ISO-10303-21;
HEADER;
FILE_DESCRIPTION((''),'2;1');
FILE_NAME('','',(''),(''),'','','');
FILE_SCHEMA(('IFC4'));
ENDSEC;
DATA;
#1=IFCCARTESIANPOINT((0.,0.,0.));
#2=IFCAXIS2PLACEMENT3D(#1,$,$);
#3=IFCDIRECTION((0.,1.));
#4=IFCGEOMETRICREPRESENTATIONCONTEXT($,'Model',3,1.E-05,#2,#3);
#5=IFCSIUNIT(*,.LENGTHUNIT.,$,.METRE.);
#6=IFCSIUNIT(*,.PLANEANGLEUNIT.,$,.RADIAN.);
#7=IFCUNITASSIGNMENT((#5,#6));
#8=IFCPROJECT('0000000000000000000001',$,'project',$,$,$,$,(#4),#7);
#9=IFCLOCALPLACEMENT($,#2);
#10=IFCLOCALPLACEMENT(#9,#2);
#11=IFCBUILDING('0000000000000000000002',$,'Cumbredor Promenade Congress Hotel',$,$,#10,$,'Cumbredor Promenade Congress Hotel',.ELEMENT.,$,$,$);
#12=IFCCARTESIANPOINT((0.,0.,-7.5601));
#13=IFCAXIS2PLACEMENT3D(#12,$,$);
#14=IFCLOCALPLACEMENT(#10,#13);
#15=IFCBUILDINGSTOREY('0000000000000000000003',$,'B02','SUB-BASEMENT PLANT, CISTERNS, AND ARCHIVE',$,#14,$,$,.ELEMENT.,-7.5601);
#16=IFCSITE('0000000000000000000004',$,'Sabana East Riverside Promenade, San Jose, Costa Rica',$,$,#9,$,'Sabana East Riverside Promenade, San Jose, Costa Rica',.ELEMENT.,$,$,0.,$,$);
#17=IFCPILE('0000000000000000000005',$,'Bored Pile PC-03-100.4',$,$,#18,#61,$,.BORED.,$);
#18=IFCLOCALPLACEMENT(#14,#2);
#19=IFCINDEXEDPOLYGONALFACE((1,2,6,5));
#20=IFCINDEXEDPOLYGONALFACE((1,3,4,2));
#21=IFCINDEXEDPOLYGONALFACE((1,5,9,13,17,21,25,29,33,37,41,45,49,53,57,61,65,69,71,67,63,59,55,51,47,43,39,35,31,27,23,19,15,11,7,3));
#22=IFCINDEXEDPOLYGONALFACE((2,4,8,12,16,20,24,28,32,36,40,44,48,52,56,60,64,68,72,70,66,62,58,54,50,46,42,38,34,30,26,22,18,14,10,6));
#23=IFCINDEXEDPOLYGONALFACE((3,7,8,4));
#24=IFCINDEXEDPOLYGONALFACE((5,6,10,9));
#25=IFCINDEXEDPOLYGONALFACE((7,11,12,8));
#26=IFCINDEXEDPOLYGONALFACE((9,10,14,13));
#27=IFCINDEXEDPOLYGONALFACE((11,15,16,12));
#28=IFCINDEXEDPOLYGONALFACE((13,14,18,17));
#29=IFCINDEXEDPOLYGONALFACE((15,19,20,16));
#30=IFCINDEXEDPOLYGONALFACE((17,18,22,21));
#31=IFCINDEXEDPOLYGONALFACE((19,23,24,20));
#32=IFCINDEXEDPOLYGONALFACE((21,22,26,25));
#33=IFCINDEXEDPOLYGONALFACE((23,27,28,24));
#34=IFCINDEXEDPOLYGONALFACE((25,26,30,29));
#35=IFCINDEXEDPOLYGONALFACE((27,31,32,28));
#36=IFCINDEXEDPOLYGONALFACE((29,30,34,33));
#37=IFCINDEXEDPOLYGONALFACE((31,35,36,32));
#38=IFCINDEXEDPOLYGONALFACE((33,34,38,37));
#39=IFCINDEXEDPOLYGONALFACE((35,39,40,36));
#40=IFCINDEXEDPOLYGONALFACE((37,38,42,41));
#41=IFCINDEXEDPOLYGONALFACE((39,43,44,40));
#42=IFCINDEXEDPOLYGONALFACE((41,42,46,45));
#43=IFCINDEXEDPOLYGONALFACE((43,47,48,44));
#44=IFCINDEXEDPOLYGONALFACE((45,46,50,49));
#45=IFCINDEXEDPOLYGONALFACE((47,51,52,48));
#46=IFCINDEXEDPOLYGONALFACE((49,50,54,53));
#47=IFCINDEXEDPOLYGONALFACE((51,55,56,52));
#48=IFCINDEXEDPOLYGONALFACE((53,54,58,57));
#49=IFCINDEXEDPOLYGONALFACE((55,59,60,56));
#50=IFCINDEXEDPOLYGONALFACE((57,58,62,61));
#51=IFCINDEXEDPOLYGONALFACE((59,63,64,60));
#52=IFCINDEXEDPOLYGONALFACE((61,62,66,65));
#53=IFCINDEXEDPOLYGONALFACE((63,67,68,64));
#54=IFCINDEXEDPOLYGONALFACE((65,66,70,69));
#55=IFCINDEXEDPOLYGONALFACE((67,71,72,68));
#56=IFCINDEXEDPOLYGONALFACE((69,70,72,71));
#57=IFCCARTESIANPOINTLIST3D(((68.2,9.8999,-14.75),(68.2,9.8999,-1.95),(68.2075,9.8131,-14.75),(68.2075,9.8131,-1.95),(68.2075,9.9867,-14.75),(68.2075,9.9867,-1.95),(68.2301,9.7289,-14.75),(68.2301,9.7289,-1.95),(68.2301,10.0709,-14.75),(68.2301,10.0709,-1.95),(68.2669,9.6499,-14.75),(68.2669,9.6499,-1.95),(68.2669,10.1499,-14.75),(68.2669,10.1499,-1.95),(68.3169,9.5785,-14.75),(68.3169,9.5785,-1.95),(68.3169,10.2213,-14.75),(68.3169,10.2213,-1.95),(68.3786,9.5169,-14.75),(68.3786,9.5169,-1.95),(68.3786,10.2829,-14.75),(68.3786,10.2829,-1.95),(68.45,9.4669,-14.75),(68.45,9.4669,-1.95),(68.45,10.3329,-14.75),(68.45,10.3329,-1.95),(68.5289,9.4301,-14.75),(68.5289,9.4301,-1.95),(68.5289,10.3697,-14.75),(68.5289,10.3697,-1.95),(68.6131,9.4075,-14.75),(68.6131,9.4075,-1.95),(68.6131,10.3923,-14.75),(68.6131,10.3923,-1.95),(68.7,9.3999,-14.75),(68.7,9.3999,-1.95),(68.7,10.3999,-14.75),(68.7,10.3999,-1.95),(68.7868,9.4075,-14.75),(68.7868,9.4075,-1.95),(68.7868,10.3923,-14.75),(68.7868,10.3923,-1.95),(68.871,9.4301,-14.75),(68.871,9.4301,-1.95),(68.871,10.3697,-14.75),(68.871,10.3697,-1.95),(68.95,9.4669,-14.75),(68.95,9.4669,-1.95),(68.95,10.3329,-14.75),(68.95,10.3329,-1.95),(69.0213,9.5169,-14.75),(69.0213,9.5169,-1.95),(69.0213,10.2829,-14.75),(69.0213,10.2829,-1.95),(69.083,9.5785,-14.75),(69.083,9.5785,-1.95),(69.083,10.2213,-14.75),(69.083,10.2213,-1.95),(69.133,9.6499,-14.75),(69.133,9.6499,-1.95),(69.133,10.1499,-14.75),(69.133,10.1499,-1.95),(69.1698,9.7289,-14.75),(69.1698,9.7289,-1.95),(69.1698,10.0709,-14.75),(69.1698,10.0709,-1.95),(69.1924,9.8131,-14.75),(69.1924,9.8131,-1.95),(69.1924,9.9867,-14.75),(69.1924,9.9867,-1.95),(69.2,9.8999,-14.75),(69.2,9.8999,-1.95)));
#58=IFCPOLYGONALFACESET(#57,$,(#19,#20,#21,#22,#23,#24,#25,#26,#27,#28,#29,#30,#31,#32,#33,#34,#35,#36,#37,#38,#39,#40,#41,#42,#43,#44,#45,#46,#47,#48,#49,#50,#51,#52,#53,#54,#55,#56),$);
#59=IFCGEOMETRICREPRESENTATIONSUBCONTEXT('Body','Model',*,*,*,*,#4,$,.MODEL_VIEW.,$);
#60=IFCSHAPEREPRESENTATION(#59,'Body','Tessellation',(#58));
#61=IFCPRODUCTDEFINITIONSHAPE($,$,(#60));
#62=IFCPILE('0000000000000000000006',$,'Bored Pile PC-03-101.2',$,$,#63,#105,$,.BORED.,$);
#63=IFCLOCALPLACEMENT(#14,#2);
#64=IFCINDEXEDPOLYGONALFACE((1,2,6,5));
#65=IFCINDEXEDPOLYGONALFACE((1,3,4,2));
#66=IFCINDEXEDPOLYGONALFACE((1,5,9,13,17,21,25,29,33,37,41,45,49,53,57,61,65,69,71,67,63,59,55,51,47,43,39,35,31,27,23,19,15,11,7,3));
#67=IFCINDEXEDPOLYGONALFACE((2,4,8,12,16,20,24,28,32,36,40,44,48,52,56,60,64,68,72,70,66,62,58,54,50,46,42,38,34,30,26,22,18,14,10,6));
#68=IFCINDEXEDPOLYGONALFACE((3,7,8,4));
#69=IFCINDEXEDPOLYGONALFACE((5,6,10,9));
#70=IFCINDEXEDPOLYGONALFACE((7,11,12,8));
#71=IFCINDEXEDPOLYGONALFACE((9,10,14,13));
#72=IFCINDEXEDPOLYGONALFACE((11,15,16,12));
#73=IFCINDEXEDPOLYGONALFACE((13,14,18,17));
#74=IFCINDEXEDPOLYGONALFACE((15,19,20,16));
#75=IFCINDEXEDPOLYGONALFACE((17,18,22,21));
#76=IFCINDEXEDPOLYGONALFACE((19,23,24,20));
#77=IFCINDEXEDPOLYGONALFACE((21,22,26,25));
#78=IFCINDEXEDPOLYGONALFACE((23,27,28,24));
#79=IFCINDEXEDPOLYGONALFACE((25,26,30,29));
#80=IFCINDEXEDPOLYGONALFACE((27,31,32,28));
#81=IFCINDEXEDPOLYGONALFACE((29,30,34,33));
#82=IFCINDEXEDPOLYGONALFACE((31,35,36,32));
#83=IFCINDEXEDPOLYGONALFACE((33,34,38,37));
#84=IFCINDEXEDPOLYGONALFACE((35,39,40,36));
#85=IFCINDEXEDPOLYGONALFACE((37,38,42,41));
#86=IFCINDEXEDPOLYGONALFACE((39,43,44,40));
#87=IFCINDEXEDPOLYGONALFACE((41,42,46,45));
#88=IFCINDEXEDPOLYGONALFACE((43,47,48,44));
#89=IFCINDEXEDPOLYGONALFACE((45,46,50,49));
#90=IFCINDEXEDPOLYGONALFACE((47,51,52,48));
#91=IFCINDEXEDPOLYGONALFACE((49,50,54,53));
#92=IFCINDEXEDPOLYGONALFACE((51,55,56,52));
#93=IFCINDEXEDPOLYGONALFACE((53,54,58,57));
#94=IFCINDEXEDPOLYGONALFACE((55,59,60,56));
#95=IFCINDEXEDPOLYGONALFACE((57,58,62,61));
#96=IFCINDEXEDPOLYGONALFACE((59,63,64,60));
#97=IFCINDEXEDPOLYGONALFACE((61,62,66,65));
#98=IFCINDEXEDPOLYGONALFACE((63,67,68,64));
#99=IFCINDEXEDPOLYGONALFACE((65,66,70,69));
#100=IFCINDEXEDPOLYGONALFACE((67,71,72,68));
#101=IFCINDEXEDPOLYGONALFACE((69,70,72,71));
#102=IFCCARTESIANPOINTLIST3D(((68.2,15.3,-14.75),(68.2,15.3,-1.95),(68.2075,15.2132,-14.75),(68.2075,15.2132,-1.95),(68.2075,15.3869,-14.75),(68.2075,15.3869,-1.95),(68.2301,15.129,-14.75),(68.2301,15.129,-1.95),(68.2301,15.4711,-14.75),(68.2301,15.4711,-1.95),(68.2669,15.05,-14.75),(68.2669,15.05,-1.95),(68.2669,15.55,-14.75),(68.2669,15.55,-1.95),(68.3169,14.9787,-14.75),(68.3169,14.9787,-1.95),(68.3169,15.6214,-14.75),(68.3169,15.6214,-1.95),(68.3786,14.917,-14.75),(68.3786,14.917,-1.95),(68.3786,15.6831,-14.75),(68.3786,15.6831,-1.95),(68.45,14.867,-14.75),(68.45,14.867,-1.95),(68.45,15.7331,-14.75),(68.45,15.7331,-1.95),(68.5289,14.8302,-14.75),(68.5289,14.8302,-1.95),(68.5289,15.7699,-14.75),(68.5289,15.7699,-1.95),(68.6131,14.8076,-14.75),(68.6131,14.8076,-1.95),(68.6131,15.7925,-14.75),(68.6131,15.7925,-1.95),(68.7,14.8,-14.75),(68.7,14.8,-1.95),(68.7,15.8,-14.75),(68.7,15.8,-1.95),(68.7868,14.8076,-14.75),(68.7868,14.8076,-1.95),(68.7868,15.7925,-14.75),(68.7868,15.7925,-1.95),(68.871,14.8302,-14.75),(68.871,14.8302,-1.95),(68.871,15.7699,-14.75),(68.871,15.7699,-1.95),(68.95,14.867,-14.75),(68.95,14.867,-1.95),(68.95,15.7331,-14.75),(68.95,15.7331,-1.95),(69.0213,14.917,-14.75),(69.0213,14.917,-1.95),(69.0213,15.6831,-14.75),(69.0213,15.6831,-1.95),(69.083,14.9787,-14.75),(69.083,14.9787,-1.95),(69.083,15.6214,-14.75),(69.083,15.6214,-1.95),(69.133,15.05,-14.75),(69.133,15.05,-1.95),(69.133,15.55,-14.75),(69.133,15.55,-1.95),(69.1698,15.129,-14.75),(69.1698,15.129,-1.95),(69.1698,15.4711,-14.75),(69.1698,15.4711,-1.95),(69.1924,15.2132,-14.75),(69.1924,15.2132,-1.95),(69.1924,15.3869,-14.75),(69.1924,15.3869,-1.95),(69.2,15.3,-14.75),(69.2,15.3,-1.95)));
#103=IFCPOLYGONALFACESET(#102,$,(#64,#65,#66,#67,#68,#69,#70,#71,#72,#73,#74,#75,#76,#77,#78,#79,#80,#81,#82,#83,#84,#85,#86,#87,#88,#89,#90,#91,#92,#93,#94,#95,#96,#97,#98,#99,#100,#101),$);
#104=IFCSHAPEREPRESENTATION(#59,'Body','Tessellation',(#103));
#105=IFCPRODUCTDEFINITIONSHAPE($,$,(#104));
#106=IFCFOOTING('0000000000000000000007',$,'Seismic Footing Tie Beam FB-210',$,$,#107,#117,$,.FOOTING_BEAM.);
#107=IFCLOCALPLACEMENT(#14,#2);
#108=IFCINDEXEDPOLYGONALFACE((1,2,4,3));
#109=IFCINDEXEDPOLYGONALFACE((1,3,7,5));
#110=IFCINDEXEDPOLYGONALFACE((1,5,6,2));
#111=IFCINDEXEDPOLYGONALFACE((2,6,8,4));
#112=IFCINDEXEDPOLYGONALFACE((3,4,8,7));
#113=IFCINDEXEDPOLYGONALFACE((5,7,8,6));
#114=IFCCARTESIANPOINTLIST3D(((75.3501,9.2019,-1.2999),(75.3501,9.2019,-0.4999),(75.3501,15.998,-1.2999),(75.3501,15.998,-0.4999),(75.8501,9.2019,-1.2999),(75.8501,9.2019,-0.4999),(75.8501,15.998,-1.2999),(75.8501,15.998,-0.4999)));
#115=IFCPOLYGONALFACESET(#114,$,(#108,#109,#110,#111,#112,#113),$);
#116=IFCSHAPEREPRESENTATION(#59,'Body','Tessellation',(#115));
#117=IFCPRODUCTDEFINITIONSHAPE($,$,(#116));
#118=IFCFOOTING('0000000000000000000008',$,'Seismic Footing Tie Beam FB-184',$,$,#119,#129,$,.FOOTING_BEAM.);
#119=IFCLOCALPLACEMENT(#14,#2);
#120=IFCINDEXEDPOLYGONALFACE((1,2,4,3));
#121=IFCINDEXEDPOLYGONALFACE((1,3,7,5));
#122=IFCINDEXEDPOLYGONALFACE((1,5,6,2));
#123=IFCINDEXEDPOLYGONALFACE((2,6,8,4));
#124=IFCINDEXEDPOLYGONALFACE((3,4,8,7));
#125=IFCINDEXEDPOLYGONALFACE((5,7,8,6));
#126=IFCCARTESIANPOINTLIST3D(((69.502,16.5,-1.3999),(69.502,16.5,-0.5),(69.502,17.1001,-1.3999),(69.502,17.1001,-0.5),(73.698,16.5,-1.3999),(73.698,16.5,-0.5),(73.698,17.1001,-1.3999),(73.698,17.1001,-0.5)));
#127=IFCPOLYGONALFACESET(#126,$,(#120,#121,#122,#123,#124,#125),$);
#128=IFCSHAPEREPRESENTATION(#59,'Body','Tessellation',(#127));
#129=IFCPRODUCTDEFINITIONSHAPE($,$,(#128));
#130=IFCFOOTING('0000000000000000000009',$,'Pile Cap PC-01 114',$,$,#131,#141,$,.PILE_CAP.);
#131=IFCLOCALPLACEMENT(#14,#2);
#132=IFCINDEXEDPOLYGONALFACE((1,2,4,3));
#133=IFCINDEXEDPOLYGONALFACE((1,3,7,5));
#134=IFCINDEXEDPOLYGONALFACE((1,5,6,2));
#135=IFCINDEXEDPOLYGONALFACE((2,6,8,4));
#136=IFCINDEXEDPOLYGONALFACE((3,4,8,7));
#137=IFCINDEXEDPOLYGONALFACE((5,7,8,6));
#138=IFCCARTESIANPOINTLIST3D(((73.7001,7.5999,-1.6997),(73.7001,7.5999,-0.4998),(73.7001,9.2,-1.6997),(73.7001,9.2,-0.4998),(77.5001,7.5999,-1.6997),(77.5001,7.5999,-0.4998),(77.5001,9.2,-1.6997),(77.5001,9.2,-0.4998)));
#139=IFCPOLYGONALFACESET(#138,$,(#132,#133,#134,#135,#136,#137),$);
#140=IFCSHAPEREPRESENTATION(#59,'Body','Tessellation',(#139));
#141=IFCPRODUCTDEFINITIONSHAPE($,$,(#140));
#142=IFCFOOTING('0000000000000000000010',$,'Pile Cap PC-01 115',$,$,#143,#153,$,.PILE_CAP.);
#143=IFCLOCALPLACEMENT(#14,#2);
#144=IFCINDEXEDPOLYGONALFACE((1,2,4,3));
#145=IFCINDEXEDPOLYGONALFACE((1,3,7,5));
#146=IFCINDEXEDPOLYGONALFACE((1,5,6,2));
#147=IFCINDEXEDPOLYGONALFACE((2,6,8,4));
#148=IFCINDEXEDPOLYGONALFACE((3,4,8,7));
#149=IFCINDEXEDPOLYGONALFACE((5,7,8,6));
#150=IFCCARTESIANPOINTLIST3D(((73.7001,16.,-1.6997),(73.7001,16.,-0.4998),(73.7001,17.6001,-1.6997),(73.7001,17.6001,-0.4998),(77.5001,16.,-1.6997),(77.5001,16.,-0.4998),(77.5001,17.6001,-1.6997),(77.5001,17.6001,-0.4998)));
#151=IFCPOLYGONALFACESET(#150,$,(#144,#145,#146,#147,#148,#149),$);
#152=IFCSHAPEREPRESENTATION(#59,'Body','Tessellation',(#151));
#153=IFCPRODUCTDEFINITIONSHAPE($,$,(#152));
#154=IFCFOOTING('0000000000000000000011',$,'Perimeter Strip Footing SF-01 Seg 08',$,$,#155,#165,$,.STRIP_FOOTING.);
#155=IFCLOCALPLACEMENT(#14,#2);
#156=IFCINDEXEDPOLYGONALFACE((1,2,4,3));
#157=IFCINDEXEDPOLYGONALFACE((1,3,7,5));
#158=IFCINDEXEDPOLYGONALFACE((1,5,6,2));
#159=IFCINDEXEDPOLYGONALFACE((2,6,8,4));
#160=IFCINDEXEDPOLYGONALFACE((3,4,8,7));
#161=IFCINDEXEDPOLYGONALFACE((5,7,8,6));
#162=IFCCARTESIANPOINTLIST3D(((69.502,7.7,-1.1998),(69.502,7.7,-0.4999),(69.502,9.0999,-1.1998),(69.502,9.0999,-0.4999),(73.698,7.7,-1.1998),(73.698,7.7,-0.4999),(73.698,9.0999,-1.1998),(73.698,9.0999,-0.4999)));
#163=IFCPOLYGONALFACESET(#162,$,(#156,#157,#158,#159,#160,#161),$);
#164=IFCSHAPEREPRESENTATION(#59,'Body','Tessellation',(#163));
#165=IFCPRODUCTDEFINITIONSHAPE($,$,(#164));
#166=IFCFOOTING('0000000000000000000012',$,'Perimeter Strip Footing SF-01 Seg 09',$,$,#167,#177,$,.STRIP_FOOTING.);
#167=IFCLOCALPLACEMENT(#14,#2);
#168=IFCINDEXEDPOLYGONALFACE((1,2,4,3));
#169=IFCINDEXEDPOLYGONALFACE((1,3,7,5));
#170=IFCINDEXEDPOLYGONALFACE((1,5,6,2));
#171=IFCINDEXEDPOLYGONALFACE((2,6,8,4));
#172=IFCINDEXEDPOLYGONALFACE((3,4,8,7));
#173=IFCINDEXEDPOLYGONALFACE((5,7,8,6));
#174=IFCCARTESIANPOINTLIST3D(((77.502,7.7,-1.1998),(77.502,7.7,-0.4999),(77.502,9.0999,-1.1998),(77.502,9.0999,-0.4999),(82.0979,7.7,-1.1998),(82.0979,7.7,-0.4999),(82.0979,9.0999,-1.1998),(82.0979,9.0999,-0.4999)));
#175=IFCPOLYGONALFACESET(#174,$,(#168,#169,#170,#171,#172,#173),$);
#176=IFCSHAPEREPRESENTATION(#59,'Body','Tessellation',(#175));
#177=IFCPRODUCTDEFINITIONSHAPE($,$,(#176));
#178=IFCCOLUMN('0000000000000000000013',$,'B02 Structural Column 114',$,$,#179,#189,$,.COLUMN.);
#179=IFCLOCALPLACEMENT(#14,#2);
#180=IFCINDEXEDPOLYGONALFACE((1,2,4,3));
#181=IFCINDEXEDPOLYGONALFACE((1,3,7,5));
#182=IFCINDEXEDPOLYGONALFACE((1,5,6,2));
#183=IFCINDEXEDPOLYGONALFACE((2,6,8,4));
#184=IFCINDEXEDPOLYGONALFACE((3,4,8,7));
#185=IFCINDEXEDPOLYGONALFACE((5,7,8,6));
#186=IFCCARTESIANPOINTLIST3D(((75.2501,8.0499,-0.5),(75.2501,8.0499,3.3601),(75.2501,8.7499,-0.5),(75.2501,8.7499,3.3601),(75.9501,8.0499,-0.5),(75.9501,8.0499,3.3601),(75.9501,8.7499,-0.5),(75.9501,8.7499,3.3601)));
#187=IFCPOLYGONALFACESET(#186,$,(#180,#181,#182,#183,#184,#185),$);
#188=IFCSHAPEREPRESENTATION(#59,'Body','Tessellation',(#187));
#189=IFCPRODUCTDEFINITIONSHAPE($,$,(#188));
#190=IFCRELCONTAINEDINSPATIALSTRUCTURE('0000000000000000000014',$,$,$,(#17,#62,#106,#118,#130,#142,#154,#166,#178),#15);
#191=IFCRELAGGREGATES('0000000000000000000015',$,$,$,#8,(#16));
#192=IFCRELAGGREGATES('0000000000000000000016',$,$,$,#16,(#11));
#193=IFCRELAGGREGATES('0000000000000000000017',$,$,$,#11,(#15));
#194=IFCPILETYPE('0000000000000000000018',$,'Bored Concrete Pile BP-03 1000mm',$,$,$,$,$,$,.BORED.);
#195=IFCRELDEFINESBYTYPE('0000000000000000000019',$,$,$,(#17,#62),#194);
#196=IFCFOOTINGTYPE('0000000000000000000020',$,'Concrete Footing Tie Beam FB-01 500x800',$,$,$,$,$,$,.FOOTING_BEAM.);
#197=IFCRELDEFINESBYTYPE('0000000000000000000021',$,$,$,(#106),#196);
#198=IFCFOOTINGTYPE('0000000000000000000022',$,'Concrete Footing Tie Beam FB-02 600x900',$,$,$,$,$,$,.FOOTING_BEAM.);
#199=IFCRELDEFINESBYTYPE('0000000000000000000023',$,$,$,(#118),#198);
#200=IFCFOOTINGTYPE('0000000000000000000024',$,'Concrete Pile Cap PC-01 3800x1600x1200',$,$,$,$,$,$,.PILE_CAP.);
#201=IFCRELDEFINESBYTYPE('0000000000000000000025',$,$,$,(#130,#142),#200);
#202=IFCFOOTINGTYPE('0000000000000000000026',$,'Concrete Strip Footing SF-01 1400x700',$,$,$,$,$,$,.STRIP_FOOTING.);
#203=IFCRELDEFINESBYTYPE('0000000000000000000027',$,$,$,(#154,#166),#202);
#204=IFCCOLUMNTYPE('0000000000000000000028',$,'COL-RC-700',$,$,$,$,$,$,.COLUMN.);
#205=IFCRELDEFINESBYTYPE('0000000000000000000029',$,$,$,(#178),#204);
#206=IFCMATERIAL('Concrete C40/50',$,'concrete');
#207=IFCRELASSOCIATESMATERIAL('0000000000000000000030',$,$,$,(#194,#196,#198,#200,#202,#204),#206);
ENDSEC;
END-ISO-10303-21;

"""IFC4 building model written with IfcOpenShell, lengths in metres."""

from ifc_helpers import new_model, si_unit, direction, frame, origin, origin_2d, place, context, subcontext, project, spatial, rectangle, circle, extrude, material, material_profile, profile_set, type_object, element, save


model = new_model("IFC4")

# Units and contexts
model_context = context("Model", 3, precision=1e-05, world=origin(), true_north=direction((0.0, 1.0)))
body_context = subcontext(model_context, "Body", "Model", "MODEL_VIEW")
ifc_project = project(units=[si_unit("LENGTHUNIT", "METRE"), si_unit("PLANEANGLEUNIT", "RADIAN")], contexts=[model_context])

# Site, building, storey
site_placement = place(None, origin())
site = spatial("IfcSite", under=ifc_project, at=site_placement, Name="Sabana East Riverside Promenade, San Jose, Costa Rica", LongName="Sabana East Riverside Promenade, San Jose, Costa Rica", CompositionType="ELEMENT", RefElevation=0.0)
building_placement = place(site_placement, origin())
building = spatial("IfcBuilding", under=site, at=building_placement, Name="Cumbredor Promenade Congress Hotel", LongName="Cumbredor Promenade Congress Hotel", CompositionType="ELEMENT")
storey_placement = place(building_placement, frame((0.0, 0.0, -7.5601)))
storey = spatial("IfcBuildingStorey", under=building, at=storey_placement, Name="B02", Description="SUB-BASEMENT PLANT, CISTERNS, AND ARCHIVE", CompositionType="ELEMENT", Elevation=-7.5601)

# Piles
ifc_material_1 = material(Name="Concrete C40/50", Category="concrete")
ifc_material_profile_1 = material_profile(ifc_material_1, circle(Radius=0.5, at=origin_2d()), Name="PILE D1000")
ifc_profile_set_1 = profile_set([ifc_material_profile_1], Name="Concrete C40/50")
pile_type_1 = type_object("IfcPileType", Name="Bored Concrete Pile BP-03 1000mm", PredefinedType="BORED", material=ifc_profile_set_1)
for number, where, z_axis, x_axis, name in (
    (1, (68.7, 9.8999, -1.95), (0.0, 0.0, -1.0), (1.0, 0.0, 0.0), "Bored Pile PC-03-100.4"),
    (2, (68.7, 15.3, -1.95), (0.0, 0.0, -1.0), (1.0, 0.0, 0.0), "Bored Pile PC-03-101.2"),
):
    element("IfcPile", number, at=place(storey_placement, frame(where, z_axis=z_axis, x_axis=x_axis)), inside=storey, type_object=pile_type_1, Name=name, PredefinedType="BORED", context=body_context, shape_type="SweptSolid", body=[
        extrude(circle(Radius=0.5, at=origin_2d()), origin(), (0.0, 0.0, 1.0), 12.8),
    ])

# Footings
ifc_material_profile_2 = material_profile(ifc_material_1, rectangle(XDim=0.5, YDim=0.8, at=origin_2d()), Name="FB 500x800")
ifc_profile_set_2 = profile_set([ifc_material_profile_2], Name="Concrete C40/50")
footing_type_1 = type_object("IfcFootingType", Name="Concrete Footing Tie Beam FB-01 500x800", PredefinedType="FOOTING_BEAM", material=ifc_profile_set_2)
footing_1_placement = place(storey_placement, frame((75.6001, 9.2019, -0.8999), z_axis=(0.0, 1.0, 0.0), x_axis=(-1.0, 0.0, 0.0)))
element("IfcFooting", 3, at=footing_1_placement, inside=storey, type_object=footing_type_1, Name="Seismic Footing Tie Beam FB-210", PredefinedType="FOOTING_BEAM", context=body_context, shape_type="SweptSolid", body=[
    extrude(rectangle(XDim=0.5, YDim=0.8, at=origin_2d()), origin(), (0.0, 0.0, 1.0), 6.7961),
])
ifc_material_profile_3 = material_profile(ifc_material_1, rectangle(XDim=0.6001, YDim=0.8999, at=origin_2d()), Name="FB 600x900")
ifc_profile_set_3 = profile_set([ifc_material_profile_3], Name="Concrete C40/50")
footing_type_2 = type_object("IfcFootingType", Name="Concrete Footing Tie Beam FB-02 600x900", PredefinedType="FOOTING_BEAM", material=ifc_profile_set_3)
footing_2_placement = place(storey_placement, frame((69.502, 16.8, -0.95), z_axis=(1.0, 0.0, 0.0), x_axis=(0.0, 1.0, 0.0)))
element("IfcFooting", 4, at=footing_2_placement, inside=storey, type_object=footing_type_2, Name="Seismic Footing Tie Beam FB-184", PredefinedType="FOOTING_BEAM", context=body_context, shape_type="SweptSolid", body=[
    extrude(rectangle(XDim=0.6001, YDim=0.8999, at=origin_2d()), origin(), (0.0, 0.0, 1.0), 4.196),
])
footing_type_3 = type_object("IfcFootingType", Name="Concrete Pile Cap PC-01 3800x1600x1200", PredefinedType="PILE_CAP", material=ifc_material_1)
for number, where, z_axis, x_axis, name in (
    (5, (75.6001, 8.3999, -1.6997), (0.0, 0.0, 1.0), (1.0, 0.0, 0.0), "Pile Cap PC-01 114"),
    (6, (75.6001, 16.8, -1.6997), (0.0, 0.0, 1.0), (1.0, 0.0, 0.0), "Pile Cap PC-01 115"),
):
    element("IfcFooting", number, at=place(storey_placement, frame(where, z_axis=z_axis, x_axis=x_axis)), inside=storey, type_object=footing_type_3, Name=name, PredefinedType="PILE_CAP", context=body_context, shape_type="SweptSolid", body=[
        extrude(rectangle(XDim=3.8, YDim=1.6001, at=origin_2d()), origin(), (0.0, 0.0, 1.0), 1.2),
    ])
ifc_material_profile_4 = material_profile(ifc_material_1, rectangle(XDim=1.3999, YDim=0.7, at=origin_2d()), Name="SF 1400x700")
ifc_profile_set_4 = profile_set([ifc_material_profile_4], Name="Concrete C40/50")
footing_type_4 = type_object("IfcFootingType", Name="Concrete Strip Footing SF-01 1400x700", PredefinedType="STRIP_FOOTING", material=ifc_profile_set_4)
footing_3_placement = place(storey_placement, frame((69.502, 8.3999, -0.8499), z_axis=(1.0, 0.0, 0.0), x_axis=(0.0, 1.0, 0.0)))
element("IfcFooting", 7, at=footing_3_placement, inside=storey, type_object=footing_type_4, Name="Perimeter Strip Footing SF-01 Seg 08", PredefinedType="STRIP_FOOTING", context=body_context, shape_type="SweptSolid", body=[
    extrude(rectangle(XDim=1.3999, YDim=0.7, at=origin_2d()), origin(), (0.0, 0.0, 1.0), 4.196),
])
footing_4_placement = place(storey_placement, frame((77.502, 8.3999, -0.8499), z_axis=(1.0, 0.0, 0.0), x_axis=(0.0, 1.0, 0.0)))
element("IfcFooting", 8, at=footing_4_placement, inside=storey, type_object=footing_type_4, Name="Perimeter Strip Footing SF-01 Seg 09", PredefinedType="STRIP_FOOTING", context=body_context, shape_type="SweptSolid", body=[
    extrude(rectangle(XDim=1.3999, YDim=0.7, at=origin_2d()), origin(), (0.0, 0.0, 1.0), 4.5959),
])

# Column
ifc_material_profile_5 = material_profile(ifc_material_1, rectangle(XDim=0.7, YDim=0.7, at=origin_2d()), Name="RC 700x700")
ifc_profile_set_5 = profile_set([ifc_material_profile_5], Name="Concrete C40/50")
column_type = type_object("IfcColumnType", Name="COL-RC-700", PredefinedType="COLUMN", material=ifc_profile_set_5)
for number, where, z_axis, x_axis, name in (
    (9, (75.6001, 8.3999, -0.5), (0.0, 0.0, 1.0), (1.0, 0.0, 0.0), "B02 Structural Column 114"),
):
    element("IfcColumn", number, at=place(storey_placement, frame(where, z_axis=z_axis, x_axis=x_axis)), inside=storey, type_object=column_type, Name=name, PredefinedType="COLUMN", context=body_context, shape_type="SweptSolid", body=[
        extrude(rectangle(XDim=0.7, YDim=0.7, at=origin_2d()), origin(), (0.0, 0.0, 1.0), 3.8601),
    ])

save(model, "model.ifc")
